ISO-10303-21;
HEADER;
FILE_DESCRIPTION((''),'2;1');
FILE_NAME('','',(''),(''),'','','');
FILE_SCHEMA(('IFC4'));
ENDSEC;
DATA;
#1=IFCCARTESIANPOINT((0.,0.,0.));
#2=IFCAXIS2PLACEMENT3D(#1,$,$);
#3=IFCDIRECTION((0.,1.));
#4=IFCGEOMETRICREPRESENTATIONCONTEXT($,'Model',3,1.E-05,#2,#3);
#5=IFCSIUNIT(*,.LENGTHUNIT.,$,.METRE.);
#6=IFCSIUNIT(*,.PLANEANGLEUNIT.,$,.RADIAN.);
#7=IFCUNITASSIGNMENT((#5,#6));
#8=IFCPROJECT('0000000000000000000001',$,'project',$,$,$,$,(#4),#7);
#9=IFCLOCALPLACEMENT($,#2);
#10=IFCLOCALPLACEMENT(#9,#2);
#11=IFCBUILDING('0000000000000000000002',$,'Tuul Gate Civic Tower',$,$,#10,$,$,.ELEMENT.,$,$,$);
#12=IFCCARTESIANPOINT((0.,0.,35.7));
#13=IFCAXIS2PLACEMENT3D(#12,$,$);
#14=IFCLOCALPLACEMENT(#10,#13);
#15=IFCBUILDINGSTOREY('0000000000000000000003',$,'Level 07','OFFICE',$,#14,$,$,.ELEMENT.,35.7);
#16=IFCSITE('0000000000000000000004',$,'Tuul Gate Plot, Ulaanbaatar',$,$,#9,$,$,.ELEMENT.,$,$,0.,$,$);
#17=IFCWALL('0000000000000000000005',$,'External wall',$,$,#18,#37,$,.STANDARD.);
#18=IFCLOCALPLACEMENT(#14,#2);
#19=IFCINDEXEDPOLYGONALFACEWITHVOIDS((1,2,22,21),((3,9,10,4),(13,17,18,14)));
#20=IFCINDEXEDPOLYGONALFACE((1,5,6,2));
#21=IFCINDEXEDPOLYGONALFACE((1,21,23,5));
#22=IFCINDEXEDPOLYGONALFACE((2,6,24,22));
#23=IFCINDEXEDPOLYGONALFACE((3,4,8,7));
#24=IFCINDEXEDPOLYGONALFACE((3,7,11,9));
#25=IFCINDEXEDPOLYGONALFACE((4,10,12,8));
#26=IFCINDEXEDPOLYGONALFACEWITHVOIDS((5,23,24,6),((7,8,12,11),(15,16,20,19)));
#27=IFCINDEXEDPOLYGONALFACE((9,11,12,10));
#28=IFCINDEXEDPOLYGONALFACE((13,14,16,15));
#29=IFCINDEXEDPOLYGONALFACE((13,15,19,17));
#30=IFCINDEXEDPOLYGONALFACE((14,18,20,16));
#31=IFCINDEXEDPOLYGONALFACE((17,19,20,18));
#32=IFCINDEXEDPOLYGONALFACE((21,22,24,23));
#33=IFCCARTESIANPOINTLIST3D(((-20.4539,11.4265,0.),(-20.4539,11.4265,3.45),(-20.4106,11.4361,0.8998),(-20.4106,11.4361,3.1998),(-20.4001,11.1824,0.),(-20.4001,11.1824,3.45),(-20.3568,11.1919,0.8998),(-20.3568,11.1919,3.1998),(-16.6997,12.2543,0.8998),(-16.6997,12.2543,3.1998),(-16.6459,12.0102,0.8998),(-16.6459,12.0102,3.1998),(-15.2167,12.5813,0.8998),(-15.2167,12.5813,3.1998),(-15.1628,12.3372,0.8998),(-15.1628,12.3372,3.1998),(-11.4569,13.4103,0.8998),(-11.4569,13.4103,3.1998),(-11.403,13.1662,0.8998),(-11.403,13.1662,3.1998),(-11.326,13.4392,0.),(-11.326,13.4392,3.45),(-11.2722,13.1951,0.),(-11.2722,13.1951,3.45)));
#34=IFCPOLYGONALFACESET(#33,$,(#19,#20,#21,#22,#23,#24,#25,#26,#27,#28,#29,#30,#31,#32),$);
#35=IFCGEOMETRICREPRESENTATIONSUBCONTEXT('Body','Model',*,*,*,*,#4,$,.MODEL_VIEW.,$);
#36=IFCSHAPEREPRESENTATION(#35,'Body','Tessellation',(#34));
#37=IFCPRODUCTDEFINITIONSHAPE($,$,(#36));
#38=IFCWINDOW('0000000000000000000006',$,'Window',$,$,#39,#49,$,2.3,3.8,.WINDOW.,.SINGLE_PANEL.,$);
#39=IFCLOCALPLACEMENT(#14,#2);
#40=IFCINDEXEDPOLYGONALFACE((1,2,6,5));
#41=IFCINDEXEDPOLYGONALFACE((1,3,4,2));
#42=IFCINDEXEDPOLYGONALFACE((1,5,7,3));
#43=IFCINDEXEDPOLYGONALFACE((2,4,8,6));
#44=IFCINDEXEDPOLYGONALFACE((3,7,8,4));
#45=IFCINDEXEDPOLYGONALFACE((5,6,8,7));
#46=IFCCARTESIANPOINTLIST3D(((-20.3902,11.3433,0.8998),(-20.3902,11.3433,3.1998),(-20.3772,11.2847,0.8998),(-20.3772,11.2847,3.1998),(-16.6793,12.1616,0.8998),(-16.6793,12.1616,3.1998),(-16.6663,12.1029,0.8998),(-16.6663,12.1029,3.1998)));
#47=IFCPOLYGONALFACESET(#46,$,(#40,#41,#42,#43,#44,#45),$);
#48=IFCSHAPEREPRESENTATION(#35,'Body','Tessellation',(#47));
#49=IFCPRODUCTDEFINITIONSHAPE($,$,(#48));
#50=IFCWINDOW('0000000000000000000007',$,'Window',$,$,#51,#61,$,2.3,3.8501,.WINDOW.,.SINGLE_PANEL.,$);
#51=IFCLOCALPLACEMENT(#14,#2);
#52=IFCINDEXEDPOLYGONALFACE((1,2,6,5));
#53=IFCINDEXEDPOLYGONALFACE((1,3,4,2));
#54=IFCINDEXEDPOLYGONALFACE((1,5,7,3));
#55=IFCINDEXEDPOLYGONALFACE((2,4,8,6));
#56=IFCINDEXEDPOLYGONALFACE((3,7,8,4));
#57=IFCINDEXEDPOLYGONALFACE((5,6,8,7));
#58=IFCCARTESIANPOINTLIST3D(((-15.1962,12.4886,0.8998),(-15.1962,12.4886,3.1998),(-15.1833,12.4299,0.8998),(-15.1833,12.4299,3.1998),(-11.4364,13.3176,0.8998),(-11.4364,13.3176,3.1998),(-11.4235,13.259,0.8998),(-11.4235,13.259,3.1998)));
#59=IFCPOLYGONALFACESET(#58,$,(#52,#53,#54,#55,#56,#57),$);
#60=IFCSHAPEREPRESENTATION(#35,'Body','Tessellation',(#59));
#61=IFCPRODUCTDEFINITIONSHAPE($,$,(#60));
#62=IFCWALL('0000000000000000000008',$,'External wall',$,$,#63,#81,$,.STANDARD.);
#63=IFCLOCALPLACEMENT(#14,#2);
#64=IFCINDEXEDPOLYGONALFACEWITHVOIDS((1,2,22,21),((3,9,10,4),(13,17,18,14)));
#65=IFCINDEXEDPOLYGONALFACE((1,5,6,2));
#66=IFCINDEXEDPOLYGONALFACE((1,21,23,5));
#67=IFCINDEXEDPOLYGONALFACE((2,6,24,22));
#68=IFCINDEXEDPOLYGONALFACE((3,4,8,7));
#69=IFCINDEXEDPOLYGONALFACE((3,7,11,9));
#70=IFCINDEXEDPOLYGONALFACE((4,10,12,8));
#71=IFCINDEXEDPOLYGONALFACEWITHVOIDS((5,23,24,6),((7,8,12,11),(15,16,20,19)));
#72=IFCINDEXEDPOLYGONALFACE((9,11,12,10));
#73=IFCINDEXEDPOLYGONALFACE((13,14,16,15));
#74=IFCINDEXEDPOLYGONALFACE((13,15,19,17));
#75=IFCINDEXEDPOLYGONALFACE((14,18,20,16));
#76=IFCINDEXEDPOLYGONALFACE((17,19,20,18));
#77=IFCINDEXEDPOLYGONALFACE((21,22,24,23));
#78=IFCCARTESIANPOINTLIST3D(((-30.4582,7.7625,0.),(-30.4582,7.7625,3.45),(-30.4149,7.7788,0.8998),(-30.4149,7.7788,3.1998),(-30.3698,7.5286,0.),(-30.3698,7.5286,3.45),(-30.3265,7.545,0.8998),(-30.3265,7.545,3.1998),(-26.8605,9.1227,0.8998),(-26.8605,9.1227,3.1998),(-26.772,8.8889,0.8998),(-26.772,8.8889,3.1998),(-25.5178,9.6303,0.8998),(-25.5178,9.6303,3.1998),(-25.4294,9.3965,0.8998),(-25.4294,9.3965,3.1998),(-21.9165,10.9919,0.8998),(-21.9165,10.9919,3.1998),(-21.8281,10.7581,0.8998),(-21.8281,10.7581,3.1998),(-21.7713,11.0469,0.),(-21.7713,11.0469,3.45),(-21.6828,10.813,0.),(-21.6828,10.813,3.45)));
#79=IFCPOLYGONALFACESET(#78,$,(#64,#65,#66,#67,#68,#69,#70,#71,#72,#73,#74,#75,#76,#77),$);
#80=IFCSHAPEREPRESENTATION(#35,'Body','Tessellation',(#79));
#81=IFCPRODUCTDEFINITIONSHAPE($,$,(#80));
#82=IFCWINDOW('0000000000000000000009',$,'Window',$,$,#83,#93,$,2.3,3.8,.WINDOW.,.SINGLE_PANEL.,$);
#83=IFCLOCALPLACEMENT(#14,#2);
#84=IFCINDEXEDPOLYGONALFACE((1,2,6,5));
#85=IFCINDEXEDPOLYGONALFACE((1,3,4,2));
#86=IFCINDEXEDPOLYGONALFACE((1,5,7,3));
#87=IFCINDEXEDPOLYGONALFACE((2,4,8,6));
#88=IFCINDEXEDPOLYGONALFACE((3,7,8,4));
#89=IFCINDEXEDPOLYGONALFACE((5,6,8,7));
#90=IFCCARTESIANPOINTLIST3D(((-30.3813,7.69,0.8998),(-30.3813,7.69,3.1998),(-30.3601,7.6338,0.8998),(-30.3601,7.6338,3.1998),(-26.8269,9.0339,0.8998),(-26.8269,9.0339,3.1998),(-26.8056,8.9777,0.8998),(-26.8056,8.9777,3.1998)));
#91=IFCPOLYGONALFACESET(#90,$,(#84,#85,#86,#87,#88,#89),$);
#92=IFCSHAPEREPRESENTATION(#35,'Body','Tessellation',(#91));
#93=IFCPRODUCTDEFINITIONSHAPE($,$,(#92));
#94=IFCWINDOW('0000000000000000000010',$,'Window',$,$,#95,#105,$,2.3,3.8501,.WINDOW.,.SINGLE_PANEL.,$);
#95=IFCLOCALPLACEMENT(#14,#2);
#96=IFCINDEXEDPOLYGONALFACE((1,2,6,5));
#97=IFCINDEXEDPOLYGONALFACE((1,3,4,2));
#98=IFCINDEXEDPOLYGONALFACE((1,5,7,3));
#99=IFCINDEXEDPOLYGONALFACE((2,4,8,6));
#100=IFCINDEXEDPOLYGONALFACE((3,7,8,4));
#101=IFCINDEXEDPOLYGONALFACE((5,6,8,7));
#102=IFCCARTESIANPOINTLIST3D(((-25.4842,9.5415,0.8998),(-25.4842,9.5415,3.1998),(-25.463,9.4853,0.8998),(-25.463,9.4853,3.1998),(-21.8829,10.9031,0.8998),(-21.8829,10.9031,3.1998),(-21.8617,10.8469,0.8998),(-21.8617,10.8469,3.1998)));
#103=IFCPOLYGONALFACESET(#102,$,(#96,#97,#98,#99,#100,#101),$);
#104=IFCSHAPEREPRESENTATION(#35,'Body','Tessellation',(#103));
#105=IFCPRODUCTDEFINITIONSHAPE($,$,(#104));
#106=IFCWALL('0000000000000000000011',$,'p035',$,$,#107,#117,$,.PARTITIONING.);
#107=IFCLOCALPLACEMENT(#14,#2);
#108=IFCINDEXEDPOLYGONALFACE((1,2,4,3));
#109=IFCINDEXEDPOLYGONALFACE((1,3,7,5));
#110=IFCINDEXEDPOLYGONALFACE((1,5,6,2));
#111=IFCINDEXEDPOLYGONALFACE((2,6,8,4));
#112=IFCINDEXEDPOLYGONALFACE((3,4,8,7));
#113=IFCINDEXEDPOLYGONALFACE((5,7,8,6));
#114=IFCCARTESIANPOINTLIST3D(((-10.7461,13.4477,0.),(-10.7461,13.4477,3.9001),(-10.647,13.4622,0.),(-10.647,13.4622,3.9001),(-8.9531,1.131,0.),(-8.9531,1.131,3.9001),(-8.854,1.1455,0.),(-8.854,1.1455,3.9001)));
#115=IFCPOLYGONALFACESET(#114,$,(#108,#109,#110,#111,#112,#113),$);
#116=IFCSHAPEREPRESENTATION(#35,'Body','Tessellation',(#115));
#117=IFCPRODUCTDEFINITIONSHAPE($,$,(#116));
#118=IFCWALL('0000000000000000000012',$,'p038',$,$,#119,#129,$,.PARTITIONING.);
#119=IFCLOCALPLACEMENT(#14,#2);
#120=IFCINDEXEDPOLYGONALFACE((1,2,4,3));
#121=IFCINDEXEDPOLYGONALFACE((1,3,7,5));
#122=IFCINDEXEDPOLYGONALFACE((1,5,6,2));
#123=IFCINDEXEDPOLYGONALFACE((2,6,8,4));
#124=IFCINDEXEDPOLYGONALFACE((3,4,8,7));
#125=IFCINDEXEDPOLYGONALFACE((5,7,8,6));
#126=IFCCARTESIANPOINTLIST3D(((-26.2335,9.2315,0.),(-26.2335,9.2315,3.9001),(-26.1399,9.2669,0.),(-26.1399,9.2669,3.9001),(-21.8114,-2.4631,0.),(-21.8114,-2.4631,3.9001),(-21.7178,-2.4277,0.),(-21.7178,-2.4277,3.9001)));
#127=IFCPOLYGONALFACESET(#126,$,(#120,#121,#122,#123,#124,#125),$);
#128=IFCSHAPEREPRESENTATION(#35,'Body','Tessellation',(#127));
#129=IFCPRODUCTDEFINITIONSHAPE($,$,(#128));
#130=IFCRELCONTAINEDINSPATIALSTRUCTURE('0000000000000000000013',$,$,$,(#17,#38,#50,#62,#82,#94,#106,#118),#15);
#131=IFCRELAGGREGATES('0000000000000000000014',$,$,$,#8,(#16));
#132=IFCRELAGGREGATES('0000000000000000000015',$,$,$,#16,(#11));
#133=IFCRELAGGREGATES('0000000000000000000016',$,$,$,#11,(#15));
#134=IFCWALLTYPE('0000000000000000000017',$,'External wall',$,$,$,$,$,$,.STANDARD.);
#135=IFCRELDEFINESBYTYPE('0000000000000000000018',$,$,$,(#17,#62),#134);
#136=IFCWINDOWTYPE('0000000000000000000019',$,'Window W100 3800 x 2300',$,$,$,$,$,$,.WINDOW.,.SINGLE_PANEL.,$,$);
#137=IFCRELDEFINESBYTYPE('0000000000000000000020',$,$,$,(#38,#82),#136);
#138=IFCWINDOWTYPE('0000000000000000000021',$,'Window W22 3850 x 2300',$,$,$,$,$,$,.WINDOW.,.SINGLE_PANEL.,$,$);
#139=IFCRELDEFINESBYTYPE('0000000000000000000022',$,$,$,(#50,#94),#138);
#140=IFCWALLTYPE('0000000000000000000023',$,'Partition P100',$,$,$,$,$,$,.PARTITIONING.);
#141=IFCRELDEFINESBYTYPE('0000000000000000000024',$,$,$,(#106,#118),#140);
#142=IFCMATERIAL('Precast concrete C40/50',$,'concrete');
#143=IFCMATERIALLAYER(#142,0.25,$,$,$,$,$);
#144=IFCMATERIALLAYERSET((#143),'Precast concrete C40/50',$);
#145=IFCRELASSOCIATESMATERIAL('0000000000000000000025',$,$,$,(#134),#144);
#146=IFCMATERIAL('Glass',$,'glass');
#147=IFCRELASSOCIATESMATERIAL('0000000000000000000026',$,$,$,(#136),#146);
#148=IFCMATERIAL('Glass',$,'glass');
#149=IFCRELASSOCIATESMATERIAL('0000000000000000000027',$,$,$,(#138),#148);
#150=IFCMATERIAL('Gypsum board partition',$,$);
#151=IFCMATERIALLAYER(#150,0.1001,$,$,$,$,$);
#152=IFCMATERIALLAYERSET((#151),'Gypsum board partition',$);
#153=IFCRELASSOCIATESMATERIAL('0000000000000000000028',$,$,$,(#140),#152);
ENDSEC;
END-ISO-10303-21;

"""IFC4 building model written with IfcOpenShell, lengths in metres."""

from ifc_helpers import new_model, si_unit, direction, frame, frame_2d, origin, place, context, subcontext, project, spatial, rectangle, extrude, material, layer, layer_set, type_object, element, fill, save


model = new_model("IFC4")

# Units and contexts
model_context = context("Model", 3, precision=1e-05, world=origin(), true_north=direction((0.0, 1.0)))
body_context = subcontext(model_context, "Body", "Model", "MODEL_VIEW")
ifc_project = project(units=[si_unit("LENGTHUNIT", "METRE"), si_unit("PLANEANGLEUNIT", "RADIAN")], contexts=[model_context])

# Site, building, storey
site_placement = place(None, origin())
site = spatial("IfcSite", under=ifc_project, at=site_placement, Name="Tuul Gate Plot, Ulaanbaatar", CompositionType="ELEMENT", RefElevation=0.0)
building_placement = place(site_placement, origin())
building = spatial("IfcBuilding", under=site, at=building_placement, Name="Tuul Gate Civic Tower", CompositionType="ELEMENT")
storey_placement = place(building_placement, frame((0.0, 0.0, 35.7)))
storey = spatial("IfcBuildingStorey", under=building, at=storey_placement, Name="Level 07", Description="OFFICE", CompositionType="ELEMENT", Elevation=35.7)

# Walls, openings, windows
ifc_material_1 = material(Name="Precast concrete C40/50", Category="concrete")
ifc_layer_1 = layer(ifc_material_1, 0.25)
ifc_layer_set_1 = layer_set([ifc_layer_1], Name="Precast concrete C40/50")
wall_type_1 = type_object("IfcWallType", Name="External wall", PredefinedType="STANDARD", material=ifc_layer_set_1)
wall_1_placement = place(storey_placement, frame((-11.2991, 13.3171, 0.0), z_axis=(0.0, 0.0, 1.0), x_axis=(-0.976542, -0.215326, 0.0)))
wall_1 = element("IfcWall", 1, at=wall_1_placement, inside=storey, type_object=wall_type_1, Name="External wall", PredefinedType="STANDARD", context=body_context, shape_type="SweptSolid", body=[
    extrude(rectangle(XDim=9.3472, YDim=0.25, at=frame_2d((4.6736, 0.0))), origin(), (0.0, 0.0, 1.0), 3.45),
])
opening_1_placement = place(wall_1_placement, frame((0.134, 0.0, 0.8999)))
opening_1 = element("IfcOpeningElement", 2, at=opening_1_placement, cuts=wall_1, PredefinedType="OPENING", context=body_context, shape_type="SweptSolid", body=[
    extrude(rectangle(XDim=3.8501, YDim=2.3, at=frame_2d((1.925, 1.1499))), frame((0.0, 0.135, 0.0), z_axis=(0.0, -1.0, 0.0), x_axis=(1.0, 0.0, 0.0)), (0.0, 0.0, 1.0), 0.27),
])
opening_2_placement = place(wall_1_placement, frame((5.5029, 0.0, 0.8999)))
opening_2 = element("IfcOpeningElement", 3, at=opening_2_placement, cuts=wall_1, PredefinedType="OPENING", context=body_context, shape_type="SweptSolid", body=[
    extrude(rectangle(XDim=3.8, YDim=2.3, at=frame_2d((1.8999, 1.1499))), frame((0.0, 0.135, 0.0), z_axis=(0.0, -1.0, 0.0), x_axis=(1.0, 0.0, 0.0)), (0.0, 0.0, 1.0), 0.27),
])
ifc_material_2 = material(Name="Glass", Category="glass")
window_type_1 = type_object("IfcWindowType", Name="Window W100 3800 x 2300", PartitioningType="SINGLE_PANEL", PredefinedType="WINDOW", material=ifc_material_2)
window_1_placement = place(opening_2_placement, origin())
window_1 = element("IfcWindow", 4, at=window_1_placement, inside=storey, type_object=window_type_1, Name="Window", OverallHeight=2.3, OverallWidth=3.8, PartitioningType="SINGLE_PANEL", PredefinedType="WINDOW", context=body_context, shape_type="SweptSolid", body=[
    extrude(rectangle(XDim=3.8, YDim=2.3, at=frame_2d((1.8999, 1.1499))), frame((0.0, 0.03, 0.0), z_axis=(0.0, -1.0, 0.0), x_axis=(1.0, 0.0, 0.0)), (0.0, 0.0, 1.0), 0.0601),
])
fill(opening_2, window_1)
ifc_material_3 = material(Name="Glass", Category="glass")
window_type_2 = type_object("IfcWindowType", Name="Window W22 3850 x 2300", PartitioningType="SINGLE_PANEL", PredefinedType="WINDOW", material=ifc_material_3)
window_2_placement = place(opening_1_placement, origin())
window_2 = element("IfcWindow", 5, at=window_2_placement, inside=storey, type_object=window_type_2, Name="Window", OverallHeight=2.3, OverallWidth=3.8501, PartitioningType="SINGLE_PANEL", PredefinedType="WINDOW", context=body_context, shape_type="SweptSolid", body=[
    extrude(rectangle(XDim=3.8501, YDim=2.3, at=frame_2d((1.925, 1.1499))), frame((0.0, 0.03, 0.0), z_axis=(0.0, -1.0, 0.0), x_axis=(1.0, 0.0, 0.0)), (0.0, 0.0, 1.0), 0.0601),
])
fill(opening_1, window_2)
wall_2_placement = place(storey_placement, frame((-21.7271, 10.9299, 0.0), z_axis=(0.0, 0.0, 1.0), x_axis=(-0.935377, -0.353652, 0.0)))
wall_2 = element("IfcWall", 6, at=wall_2_placement, inside=storey, type_object=wall_type_1, Name="External wall", PredefinedType="STANDARD", context=body_context, shape_type="SweptSolid", body=[
    extrude(rectangle(XDim=9.2871, YDim=0.25, at=frame_2d((4.6436, 0.0))), origin(), (0.0, 0.0, 1.0), 3.45),
])
opening_3_placement = place(wall_2_placement, frame((0.1553, 0.0, 0.8999)))
opening_3 = element("IfcOpeningElement", 7, at=opening_3_placement, cuts=wall_2, PredefinedType="OPENING", context=body_context, shape_type="SweptSolid", body=[
    extrude(rectangle(XDim=3.8501, YDim=2.3, at=frame_2d((1.925, 1.1499))), frame((0.0, 0.135, 0.0), z_axis=(0.0, -1.0, 0.0), x_axis=(1.0, 0.0, 0.0)), (0.0, 0.0, 1.0), 0.27),
])
opening_4_placement = place(wall_2_placement, frame((5.4409, 0.0, 0.8999)))
opening_4 = element("IfcOpeningElement", 8, at=opening_4_placement, cuts=wall_2, PredefinedType="OPENING", context=body_context, shape_type="SweptSolid", body=[
    extrude(rectangle(XDim=3.8, YDim=2.3, at=frame_2d((1.8999, 1.1499))), frame((0.0, 0.135, 0.0), z_axis=(0.0, -1.0, 0.0), x_axis=(1.0, 0.0, 0.0)), (0.0, 0.0, 1.0), 0.27),
])
window_3_placement = place(opening_4_placement, origin())
window_3 = element("IfcWindow", 9, at=window_3_placement, inside=storey, type_object=window_type_1, Name="Window", OverallHeight=2.3, OverallWidth=3.8, PartitioningType="SINGLE_PANEL", PredefinedType="WINDOW", context=body_context, shape_type="SweptSolid", body=[
    extrude(rectangle(XDim=3.8, YDim=2.3, at=frame_2d((1.8999, 1.1499))), frame((0.0, 0.03, 0.0), z_axis=(0.0, -1.0, 0.0), x_axis=(1.0, 0.0, 0.0)), (0.0, 0.0, 1.0), 0.0601),
])
fill(opening_4, window_3)
window_4_placement = place(opening_3_placement, origin())
window_4 = element("IfcWindow", 10, at=window_4_placement, inside=storey, type_object=window_type_2, Name="Window", OverallHeight=2.3, OverallWidth=3.8501, PartitioningType="SINGLE_PANEL", PredefinedType="WINDOW", context=body_context, shape_type="SweptSolid", body=[
    extrude(rectangle(XDim=3.8501, YDim=2.3, at=frame_2d((1.925, 1.1499))), frame((0.0, 0.03, 0.0), z_axis=(0.0, -1.0, 0.0), x_axis=(1.0, 0.0, 0.0)), (0.0, 0.0, 1.0), 0.0601),
])
fill(opening_3, window_4)

# Walls
ifc_material_4 = material(Name="Gypsum board partition")
ifc_layer_2 = layer(ifc_material_4, 0.1001)
ifc_layer_set_2 = layer_set([ifc_layer_2], Name="Gypsum board partition")
wall_type_2 = type_object("IfcWallType", Name="Partition P100", PredefinedType="PARTITIONING", material=ifc_layer_set_2)
wall_3_placement = place(storey_placement, frame((-10.6965, 13.4548, 0.0), z_axis=(0.0, 0.0, 1.0), x_axis=(0.144054, -0.98957, 0.0)))
element("IfcWall", 11, at=wall_3_placement, inside=storey, type_object=wall_type_2, Name="p035", PredefinedType="PARTITIONING", context=body_context, shape_type="SweptSolid", body=[
    extrude(rectangle(XDim=12.4465, YDim=0.1001, at=frame_2d((6.2231, 0.0))), origin(), (0.0, 0.0, 1.0), 3.9001),
])
wall_4_placement = place(storey_placement, frame((-26.1868, 9.2493, 0.0), z_axis=(0.0, 0.0, 1.0), x_axis=(0.353692, -0.935362, 0.0)))
element("IfcWall", 12, at=wall_4_placement, inside=storey, type_object=wall_type_2, Name="p038", PredefinedType="PARTITIONING", context=body_context, shape_type="SweptSolid", body=[
    extrude(rectangle(XDim=12.5027, YDim=0.1001, at=frame_2d((6.2515, 0.0))), origin(), (0.0, 0.0, 1.0), 3.9001),
])

save(model, "model.ifc")
